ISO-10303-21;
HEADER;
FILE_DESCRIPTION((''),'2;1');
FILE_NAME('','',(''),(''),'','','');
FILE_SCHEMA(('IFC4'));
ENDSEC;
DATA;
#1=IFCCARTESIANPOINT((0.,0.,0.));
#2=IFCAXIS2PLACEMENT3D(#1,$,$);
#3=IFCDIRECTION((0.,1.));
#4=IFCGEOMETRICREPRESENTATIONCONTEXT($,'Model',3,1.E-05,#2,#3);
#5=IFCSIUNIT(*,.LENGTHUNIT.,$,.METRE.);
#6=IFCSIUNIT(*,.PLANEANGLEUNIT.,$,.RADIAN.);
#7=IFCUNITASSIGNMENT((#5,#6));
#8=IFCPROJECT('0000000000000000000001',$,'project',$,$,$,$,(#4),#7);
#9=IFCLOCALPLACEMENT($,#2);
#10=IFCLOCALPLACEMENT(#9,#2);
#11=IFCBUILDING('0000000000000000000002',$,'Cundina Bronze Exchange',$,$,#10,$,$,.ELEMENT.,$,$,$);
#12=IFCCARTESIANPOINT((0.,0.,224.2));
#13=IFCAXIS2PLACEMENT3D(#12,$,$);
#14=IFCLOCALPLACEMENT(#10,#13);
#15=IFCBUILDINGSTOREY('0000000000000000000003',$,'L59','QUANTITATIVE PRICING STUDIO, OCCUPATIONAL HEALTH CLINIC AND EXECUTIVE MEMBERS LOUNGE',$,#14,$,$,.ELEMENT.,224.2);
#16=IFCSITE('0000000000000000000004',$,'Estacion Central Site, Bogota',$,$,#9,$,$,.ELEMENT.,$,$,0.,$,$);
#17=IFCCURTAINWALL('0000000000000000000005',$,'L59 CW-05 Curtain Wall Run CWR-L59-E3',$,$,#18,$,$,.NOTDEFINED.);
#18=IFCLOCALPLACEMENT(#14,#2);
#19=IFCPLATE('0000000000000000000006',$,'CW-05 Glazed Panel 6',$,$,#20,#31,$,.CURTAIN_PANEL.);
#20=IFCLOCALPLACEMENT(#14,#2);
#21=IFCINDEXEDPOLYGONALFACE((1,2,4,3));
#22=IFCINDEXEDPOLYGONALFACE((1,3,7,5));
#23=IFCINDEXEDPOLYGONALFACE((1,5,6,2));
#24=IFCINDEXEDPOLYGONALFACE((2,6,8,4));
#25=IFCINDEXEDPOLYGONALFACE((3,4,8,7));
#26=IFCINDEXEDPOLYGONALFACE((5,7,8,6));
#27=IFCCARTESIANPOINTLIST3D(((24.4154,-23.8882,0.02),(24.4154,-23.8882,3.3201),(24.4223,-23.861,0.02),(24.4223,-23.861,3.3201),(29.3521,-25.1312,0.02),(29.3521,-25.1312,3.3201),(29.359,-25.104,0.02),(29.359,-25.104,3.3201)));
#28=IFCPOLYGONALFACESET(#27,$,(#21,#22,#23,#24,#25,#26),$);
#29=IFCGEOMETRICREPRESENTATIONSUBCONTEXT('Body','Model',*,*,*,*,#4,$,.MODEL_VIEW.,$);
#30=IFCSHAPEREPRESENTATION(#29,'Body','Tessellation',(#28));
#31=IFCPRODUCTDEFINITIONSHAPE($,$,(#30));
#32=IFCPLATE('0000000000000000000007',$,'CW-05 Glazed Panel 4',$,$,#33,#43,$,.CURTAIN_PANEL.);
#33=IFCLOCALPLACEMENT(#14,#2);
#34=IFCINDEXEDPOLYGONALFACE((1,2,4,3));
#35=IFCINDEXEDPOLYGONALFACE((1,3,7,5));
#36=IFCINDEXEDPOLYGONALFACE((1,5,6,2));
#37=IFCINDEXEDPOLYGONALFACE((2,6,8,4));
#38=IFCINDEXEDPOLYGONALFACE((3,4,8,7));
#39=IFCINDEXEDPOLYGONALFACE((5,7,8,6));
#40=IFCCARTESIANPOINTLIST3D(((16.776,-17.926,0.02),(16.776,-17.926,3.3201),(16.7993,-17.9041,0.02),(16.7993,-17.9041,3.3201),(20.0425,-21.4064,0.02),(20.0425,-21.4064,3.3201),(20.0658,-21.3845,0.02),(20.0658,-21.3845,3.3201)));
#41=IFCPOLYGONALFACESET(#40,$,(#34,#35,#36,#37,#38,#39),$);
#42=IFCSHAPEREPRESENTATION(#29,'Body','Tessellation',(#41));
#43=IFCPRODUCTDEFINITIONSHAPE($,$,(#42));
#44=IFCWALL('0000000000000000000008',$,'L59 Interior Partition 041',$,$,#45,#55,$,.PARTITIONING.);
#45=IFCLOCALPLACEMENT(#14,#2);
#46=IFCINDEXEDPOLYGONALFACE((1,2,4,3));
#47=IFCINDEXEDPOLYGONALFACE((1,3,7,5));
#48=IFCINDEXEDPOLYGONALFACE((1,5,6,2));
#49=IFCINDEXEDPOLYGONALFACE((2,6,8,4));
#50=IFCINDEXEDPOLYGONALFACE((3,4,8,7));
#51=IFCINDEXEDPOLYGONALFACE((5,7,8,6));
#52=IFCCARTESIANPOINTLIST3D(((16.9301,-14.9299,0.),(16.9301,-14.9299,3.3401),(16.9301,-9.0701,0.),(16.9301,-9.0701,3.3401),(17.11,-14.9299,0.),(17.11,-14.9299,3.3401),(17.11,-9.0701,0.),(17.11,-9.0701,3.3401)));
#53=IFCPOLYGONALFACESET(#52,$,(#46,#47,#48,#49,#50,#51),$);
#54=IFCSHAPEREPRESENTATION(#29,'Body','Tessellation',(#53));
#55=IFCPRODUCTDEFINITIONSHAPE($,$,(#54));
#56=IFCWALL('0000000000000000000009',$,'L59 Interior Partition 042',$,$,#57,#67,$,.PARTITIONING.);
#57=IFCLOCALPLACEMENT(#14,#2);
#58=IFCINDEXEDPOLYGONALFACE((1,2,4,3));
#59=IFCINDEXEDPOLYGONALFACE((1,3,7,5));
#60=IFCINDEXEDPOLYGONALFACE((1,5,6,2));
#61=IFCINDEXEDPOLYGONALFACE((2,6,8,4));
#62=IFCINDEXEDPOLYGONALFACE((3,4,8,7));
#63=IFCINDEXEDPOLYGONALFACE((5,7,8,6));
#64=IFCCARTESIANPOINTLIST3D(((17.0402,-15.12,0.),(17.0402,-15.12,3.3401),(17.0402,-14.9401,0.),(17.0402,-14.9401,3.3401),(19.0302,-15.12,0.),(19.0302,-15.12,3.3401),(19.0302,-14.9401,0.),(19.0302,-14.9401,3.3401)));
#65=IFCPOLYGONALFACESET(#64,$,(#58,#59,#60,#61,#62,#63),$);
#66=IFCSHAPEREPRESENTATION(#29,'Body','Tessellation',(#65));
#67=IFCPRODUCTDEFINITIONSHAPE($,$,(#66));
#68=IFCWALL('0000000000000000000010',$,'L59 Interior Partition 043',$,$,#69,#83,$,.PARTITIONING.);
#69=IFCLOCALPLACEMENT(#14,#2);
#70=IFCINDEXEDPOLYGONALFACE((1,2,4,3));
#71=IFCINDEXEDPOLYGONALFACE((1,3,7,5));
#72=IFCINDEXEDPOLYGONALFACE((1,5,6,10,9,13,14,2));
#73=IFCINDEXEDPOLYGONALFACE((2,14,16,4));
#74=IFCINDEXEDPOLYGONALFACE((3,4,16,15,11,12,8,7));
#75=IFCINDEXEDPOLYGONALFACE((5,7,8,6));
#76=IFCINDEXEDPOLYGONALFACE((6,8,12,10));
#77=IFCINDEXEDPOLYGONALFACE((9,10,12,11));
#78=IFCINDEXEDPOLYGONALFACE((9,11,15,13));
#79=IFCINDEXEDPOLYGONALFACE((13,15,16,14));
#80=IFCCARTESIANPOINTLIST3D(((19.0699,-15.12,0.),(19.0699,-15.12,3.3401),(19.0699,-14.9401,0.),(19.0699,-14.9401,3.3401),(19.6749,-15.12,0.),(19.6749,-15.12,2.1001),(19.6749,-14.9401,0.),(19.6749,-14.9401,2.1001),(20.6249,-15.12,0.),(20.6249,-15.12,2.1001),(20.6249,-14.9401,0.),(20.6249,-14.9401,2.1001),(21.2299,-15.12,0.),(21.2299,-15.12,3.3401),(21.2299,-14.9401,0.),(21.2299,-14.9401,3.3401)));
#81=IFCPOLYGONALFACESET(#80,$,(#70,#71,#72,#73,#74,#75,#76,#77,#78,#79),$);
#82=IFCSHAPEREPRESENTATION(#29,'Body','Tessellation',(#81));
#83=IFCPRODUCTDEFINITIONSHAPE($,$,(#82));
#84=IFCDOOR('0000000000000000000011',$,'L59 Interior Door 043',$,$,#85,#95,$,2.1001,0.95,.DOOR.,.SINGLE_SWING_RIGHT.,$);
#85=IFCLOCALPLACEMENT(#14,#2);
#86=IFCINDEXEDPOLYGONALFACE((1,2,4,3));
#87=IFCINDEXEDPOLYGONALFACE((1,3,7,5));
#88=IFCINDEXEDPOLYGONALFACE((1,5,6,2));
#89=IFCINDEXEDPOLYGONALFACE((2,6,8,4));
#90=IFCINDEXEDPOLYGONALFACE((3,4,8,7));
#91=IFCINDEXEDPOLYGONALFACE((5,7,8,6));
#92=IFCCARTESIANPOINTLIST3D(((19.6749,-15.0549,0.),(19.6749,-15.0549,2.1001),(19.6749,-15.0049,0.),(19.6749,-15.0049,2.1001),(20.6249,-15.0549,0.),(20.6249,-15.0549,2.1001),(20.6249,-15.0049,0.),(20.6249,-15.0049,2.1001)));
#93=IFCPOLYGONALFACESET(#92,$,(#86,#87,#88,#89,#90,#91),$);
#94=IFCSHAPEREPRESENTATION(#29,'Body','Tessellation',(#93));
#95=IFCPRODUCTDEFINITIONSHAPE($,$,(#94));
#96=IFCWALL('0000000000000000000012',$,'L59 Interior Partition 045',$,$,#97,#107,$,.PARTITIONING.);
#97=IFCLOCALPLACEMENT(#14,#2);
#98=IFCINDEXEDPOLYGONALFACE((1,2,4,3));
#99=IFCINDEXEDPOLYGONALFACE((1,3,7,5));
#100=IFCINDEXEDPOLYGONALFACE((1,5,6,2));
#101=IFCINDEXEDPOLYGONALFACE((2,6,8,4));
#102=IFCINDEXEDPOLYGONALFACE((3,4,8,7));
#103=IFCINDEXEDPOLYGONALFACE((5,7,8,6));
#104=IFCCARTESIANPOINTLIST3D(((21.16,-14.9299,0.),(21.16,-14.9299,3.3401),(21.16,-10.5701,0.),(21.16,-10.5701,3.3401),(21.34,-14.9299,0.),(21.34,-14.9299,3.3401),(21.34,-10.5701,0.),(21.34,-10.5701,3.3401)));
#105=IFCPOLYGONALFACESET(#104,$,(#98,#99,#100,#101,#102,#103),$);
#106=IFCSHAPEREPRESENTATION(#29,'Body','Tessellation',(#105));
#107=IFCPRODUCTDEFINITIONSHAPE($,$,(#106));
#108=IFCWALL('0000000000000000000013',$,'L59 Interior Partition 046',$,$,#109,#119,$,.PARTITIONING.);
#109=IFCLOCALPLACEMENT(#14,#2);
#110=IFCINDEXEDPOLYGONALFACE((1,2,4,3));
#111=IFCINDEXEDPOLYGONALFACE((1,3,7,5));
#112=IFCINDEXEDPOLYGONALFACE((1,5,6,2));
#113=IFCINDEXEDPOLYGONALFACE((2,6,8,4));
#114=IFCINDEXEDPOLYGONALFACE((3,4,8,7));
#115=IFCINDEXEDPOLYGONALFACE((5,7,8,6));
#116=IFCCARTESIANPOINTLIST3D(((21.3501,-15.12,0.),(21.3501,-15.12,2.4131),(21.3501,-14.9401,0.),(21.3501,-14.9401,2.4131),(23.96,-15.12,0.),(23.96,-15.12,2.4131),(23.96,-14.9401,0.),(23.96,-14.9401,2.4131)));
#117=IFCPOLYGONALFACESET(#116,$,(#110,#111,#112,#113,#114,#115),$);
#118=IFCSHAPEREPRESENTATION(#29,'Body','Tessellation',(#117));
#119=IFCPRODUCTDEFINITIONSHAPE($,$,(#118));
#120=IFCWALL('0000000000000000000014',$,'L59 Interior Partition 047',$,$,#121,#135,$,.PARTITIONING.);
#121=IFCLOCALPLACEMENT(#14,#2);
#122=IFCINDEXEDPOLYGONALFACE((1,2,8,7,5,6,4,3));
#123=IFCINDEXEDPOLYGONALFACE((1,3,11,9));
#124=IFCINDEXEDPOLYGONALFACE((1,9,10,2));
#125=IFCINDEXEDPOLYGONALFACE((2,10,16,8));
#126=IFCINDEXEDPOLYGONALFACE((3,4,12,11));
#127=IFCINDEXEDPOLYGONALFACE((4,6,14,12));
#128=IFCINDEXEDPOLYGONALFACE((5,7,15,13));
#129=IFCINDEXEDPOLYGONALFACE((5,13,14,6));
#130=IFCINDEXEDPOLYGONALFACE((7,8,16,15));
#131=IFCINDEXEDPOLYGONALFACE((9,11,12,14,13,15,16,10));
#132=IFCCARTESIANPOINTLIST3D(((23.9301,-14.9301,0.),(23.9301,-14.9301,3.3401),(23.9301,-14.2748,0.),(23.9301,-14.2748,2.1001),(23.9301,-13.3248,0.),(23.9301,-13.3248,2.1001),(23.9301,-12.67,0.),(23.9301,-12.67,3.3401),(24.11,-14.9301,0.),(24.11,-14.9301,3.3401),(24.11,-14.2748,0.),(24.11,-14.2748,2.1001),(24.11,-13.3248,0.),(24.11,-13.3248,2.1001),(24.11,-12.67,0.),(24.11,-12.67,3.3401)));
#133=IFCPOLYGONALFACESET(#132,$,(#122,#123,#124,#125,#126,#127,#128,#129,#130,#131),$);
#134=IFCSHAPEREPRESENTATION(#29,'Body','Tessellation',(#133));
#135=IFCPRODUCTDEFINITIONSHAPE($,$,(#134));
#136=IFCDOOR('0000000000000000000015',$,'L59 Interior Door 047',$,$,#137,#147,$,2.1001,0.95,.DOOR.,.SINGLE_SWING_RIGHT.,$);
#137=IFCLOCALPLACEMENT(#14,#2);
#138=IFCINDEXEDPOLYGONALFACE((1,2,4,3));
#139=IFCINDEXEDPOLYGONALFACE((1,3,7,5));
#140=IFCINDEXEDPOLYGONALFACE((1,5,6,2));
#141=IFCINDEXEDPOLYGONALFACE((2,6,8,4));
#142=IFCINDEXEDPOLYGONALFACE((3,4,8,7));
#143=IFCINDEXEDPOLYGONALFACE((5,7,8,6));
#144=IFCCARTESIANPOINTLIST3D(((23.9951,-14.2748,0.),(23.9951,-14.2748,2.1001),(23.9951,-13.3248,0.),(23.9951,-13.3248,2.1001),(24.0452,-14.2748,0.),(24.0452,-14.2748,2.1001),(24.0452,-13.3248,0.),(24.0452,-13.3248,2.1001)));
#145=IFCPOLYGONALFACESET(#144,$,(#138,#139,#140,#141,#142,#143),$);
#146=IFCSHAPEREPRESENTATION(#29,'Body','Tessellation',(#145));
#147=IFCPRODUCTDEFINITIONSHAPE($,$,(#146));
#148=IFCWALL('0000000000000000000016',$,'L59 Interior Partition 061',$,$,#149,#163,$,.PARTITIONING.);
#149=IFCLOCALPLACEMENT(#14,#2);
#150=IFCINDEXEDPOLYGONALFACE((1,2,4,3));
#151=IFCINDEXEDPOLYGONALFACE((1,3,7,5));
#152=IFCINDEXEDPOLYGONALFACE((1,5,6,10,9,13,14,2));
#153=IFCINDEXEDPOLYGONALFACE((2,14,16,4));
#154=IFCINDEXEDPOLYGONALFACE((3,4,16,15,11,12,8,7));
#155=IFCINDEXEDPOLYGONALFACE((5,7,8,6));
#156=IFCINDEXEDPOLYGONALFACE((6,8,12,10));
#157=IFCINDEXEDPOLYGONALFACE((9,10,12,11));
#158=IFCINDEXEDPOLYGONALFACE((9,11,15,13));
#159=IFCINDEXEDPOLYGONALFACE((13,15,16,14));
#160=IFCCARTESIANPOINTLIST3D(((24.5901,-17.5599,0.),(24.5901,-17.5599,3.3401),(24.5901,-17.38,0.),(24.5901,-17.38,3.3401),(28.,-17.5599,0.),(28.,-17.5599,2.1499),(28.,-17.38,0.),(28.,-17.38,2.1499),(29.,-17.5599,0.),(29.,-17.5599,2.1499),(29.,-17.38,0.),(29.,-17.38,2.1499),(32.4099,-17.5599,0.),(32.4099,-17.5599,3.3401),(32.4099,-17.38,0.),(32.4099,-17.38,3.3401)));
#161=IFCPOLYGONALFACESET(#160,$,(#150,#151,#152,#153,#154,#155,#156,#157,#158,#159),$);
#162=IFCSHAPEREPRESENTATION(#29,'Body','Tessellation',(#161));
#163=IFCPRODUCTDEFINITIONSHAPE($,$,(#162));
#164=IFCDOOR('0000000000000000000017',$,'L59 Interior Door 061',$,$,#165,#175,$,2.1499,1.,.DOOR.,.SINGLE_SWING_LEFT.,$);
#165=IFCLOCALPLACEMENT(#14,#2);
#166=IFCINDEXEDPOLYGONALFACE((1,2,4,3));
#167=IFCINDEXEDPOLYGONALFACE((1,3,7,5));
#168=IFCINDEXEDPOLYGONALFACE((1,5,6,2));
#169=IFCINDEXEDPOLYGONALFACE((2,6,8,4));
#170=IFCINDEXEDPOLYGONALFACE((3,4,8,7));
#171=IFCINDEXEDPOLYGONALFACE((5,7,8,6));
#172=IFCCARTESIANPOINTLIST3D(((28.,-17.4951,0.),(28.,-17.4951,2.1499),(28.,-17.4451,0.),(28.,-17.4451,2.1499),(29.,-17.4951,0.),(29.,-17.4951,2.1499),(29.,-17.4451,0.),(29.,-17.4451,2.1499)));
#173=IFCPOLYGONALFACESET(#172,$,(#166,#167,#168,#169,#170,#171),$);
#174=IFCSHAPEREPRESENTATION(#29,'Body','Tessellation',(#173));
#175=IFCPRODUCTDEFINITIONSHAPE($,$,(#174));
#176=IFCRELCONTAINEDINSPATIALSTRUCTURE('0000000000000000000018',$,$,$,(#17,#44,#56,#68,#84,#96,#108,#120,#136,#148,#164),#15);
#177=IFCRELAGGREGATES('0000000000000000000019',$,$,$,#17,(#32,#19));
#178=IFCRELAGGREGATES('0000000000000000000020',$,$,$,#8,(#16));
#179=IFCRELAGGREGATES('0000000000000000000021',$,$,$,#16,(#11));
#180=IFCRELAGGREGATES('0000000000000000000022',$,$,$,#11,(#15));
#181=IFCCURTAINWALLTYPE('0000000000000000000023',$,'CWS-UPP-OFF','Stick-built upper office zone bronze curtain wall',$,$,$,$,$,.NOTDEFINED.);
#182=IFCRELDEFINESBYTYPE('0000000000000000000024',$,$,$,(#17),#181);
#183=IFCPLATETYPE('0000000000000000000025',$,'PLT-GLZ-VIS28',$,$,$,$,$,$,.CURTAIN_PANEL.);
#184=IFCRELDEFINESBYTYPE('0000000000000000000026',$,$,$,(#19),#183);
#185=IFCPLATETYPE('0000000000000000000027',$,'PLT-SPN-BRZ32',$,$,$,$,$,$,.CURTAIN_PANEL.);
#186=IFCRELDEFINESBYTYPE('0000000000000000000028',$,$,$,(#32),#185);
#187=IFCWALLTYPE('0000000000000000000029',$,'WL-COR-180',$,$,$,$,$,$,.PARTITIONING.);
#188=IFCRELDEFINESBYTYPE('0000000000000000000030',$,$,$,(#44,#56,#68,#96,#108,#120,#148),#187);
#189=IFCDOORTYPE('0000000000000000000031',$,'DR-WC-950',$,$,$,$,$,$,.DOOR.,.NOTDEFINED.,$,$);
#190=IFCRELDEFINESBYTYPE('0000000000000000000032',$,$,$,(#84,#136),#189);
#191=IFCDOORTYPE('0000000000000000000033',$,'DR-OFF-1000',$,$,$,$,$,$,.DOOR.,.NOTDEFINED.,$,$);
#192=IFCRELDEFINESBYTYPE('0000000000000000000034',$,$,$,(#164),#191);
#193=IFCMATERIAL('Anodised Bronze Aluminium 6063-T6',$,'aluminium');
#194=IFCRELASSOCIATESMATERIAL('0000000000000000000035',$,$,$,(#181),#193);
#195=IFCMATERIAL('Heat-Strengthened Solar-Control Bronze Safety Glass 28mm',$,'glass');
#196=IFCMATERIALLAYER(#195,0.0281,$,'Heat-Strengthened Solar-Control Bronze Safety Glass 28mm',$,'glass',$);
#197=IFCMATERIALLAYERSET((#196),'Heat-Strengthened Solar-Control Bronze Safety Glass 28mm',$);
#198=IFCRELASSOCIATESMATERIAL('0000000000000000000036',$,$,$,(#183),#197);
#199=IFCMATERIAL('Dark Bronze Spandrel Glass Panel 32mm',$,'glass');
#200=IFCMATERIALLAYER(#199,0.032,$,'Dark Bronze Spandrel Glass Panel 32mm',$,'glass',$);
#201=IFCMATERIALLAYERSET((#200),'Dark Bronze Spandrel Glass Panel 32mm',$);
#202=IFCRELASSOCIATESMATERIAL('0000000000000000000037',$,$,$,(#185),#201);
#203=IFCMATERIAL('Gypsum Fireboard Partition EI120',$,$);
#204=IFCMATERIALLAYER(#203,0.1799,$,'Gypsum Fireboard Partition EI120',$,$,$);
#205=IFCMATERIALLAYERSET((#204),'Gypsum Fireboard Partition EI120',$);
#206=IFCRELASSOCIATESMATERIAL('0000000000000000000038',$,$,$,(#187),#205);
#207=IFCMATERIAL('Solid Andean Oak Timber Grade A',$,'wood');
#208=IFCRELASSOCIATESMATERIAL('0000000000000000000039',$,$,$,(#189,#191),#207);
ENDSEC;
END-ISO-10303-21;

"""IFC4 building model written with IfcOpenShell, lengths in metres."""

from ifc_helpers import new_model, si_unit, direction, frame, frame_2d, origin, origin_2d, place, context, subcontext, project, spatial, rectangle, extrude, material, layer, layer_set, type_object, element, fill, aggregate, save


model = new_model("IFC4")

# Units and contexts
model_context = context("Model", 3, precision=1e-05, world=origin(), true_north=direction((0.0, 1.0)))
body_context = subcontext(model_context, "Body", "Model", "MODEL_VIEW")
ifc_project = project(units=[si_unit("LENGTHUNIT", "METRE"), si_unit("PLANEANGLEUNIT", "RADIAN")], contexts=[model_context])

# Site, building, storey
site_placement = place(None, origin())
site = spatial("IfcSite", under=ifc_project, at=site_placement, Name="Estacion Central Site, Bogota", CompositionType="ELEMENT", RefElevation=0.0)
building_placement = place(site_placement, origin())
building = spatial("IfcBuilding", under=site, at=building_placement, Name="Cundina Bronze Exchange", CompositionType="ELEMENT")
storey_placement = place(building_placement, frame((0.0, 0.0, 224.2)))
storey = spatial("IfcBuildingStorey", under=building, at=storey_placement, Name="L59", Description="QUANTITATIVE PRICING STUDIO, OCCUPATIONAL HEALTH CLINIC AND EXECUTIVE MEMBERS LOUNGE", CompositionType="ELEMENT", Elevation=224.2)

# Curtain wall, plates
ifc_material_1 = material(Name="Anodised Bronze Aluminium 6063-T6", Category="aluminium")
curtain_wall_type = type_object("IfcCurtainWallType", Name="CWS-UPP-OFF", Description="Stick-built upper office zone bronze curtain wall", PredefinedType="NOTDEFINED", material=ifc_material_1)
curtain_wall_placement = place(storey_placement, origin())
curtain_wall = element("IfcCurtainWall", 1, at=curtain_wall_placement, inside=storey, type_object=curtain_wall_type, Name="L59 CW-05 Curtain Wall Run CWR-L59-E3", PredefinedType="NOTDEFINED")
ifc_material_2 = material(Name="Heat-Strengthened Solar-Control Bronze Safety Glass 28mm", Category="glass")
ifc_layer_1 = layer(ifc_material_2, 0.0281, Name="Heat-Strengthened Solar-Control Bronze Safety Glass 28mm", Category="glass")
ifc_layer_set_1 = layer_set([ifc_layer_1], Name="Heat-Strengthened Solar-Control Bronze Safety Glass 28mm")
plate_type_1 = type_object("IfcPlateType", Name="PLT-GLZ-VIS28", PredefinedType="CURTAIN_PANEL", material=ifc_layer_set_1)
plate_1_placement = place(storey_placement, frame((26.8872, -24.4961, 0.02), z_axis=(0.0, 0.0, 1.0), x_axis=(0.969732, -0.244174, 0.0)))
plate_1 = element("IfcPlate", 2, at=plate_1_placement, type_object=plate_type_1, Name="CW-05 Glazed Panel 6", PredefinedType="CURTAIN_PANEL", context=body_context, shape_type="SweptSolid", body=[
    extrude(rectangle(XDim=5.0908, YDim=0.0281, at=origin_2d()), origin(), (0.0, 0.0, 1.0), 3.3),
])
ifc_material_3 = material(Name="Dark Bronze Spandrel Glass Panel 32mm", Category="glass")
ifc_layer_2 = layer(ifc_material_3, 0.032, Name="Dark Bronze Spandrel Glass Panel 32mm", Category="glass")
ifc_layer_set_2 = layer_set([ifc_layer_2], Name="Dark Bronze Spandrel Glass Panel 32mm")
plate_type_2 = type_object("IfcPlateType", Name="PLT-SPN-BRZ32", PredefinedType="CURTAIN_PANEL", material=ifc_layer_set_2)
plate_2_placement = place(storey_placement, frame((18.4209, -19.6553, 0.02), z_axis=(0.0, 0.0, 1.0), x_axis=(0.684344, -0.72916, 0.0)))
plate_2 = element("IfcPlate", 3, at=plate_2_placement, type_object=plate_type_2, Name="CW-05 Glazed Panel 4", PredefinedType="CURTAIN_PANEL", context=body_context, shape_type="SweptSolid", body=[
    extrude(rectangle(XDim=4.7732, YDim=0.032, at=origin_2d()), origin(), (0.0, 0.0, 1.0), 3.3),
])
aggregate(curtain_wall, [plate_2, plate_1])

# Walls
ifc_material_4 = material(Name="Gypsum Fireboard Partition EI120")
ifc_layer_3 = layer(ifc_material_4, 0.1799, Name="Gypsum Fireboard Partition EI120")
ifc_layer_set_3 = layer_set([ifc_layer_3], Name="Gypsum Fireboard Partition EI120")
wall_type_1 = type_object("IfcWallType", Name="WL-COR-180", PredefinedType="PARTITIONING", material=ifc_layer_set_3)
wall_1_placement = place(storey_placement, frame((17.02, -14.9299, 0.0), z_axis=(0.0, 0.0, 1.0), x_axis=(0.0, 1.0, 0.0)))
element("IfcWall", 4, at=wall_1_placement, inside=storey, type_object=wall_type_1, Name="L59 Interior Partition 041", PredefinedType="PARTITIONING", context=body_context, shape_type="SweptSolid", body=[
    extrude(rectangle(XDim=5.8599, YDim=0.1799, at=frame_2d((2.9299, 0.0))), origin(), (0.0, 0.0, 1.0), 3.3401),
])
wall_2_placement = place(storey_placement, frame((17.04, -15.03, 0.0), z_axis=(0.0, 0.0, 1.0), x_axis=(1.0, 0.0, 0.0)))
element("IfcWall", 5, at=wall_2_placement, inside=storey, type_object=wall_type_1, Name="L59 Interior Partition 042", PredefinedType="PARTITIONING", context=body_context, shape_type="SweptSolid", body=[
    extrude(rectangle(XDim=1.99, YDim=0.1799, at=frame_2d((0.9951, 0.0))), origin(), (0.0, 0.0, 1.0), 3.3401),
])

# Wall, opening, door
wall_3_placement = place(storey_placement, frame((21.23, -15.03, 0.0), z_axis=(0.0, 0.0, 1.0), x_axis=(-1.0, 0.0, 0.0)))
wall_3 = element("IfcWall", 6, at=wall_3_placement, inside=storey, type_object=wall_type_1, Name="L59 Interior Partition 043", PredefinedType="PARTITIONING", context=body_context, shape_type="SweptSolid", body=[
    extrude(rectangle(XDim=2.1599, YDim=0.1799, at=frame_2d((1.0801, 0.0))), origin(), (0.0, 0.0, 1.0), 3.3401),
])
opening_1_placement = place(wall_3_placement, frame((0.605, 0.0, 0.0)))
opening_1 = element("IfcOpeningElement", 7, at=opening_1_placement, cuts=wall_3, PredefinedType="OPENING", context=body_context, shape_type="SweptSolid", body=[
    extrude(rectangle(XDim=0.95, YDim=2.1001, at=frame_2d((0.4751, 1.05))), frame((0.0, 0.0999, 0.0), z_axis=(0.0, -1.0, 0.0), x_axis=(1.0, 0.0, 0.0)), (0.0, 0.0, 1.0), 0.2),
])
ifc_material_5 = material(Name="Solid Andean Oak Timber Grade A", Category="wood")
door_type_1 = type_object("IfcDoorType", Name="DR-WC-950", OperationType="NOTDEFINED", PredefinedType="DOOR", material=ifc_material_5)
door_1_placement = place(opening_1_placement, origin())
door_1 = element("IfcDoor", 8, at=door_1_placement, inside=storey, type_object=door_type_1, Name="L59 Interior Door 043", OperationType="SINGLE_SWING_RIGHT", OverallHeight=2.1001, OverallWidth=0.95, PredefinedType="DOOR", context=body_context, shape_type="SweptSolid", body=[
    extrude(rectangle(XDim=0.95, YDim=2.1001, at=frame_2d((0.4751, 1.05))), frame((0.0, 0.0249, 0.0), z_axis=(0.0, -1.0, 0.0), x_axis=(1.0, 0.0, 0.0)), (0.0, 0.0, 1.0), 0.05),
])
fill(opening_1, door_1)

# Walls
wall_4_placement = place(storey_placement, frame((21.25, -14.9299, 0.0), z_axis=(0.0, 0.0, 1.0), x_axis=(0.0, 1.0, 0.0)))
element("IfcWall", 9, at=wall_4_placement, inside=storey, type_object=wall_type_1, Name="L59 Interior Partition 045", PredefinedType="PARTITIONING", context=body_context, shape_type="SweptSolid", body=[
    extrude(rectangle(XDim=4.3599, YDim=0.1799, at=frame_2d((2.1799, 0.0))), origin(), (0.0, 0.0, 1.0), 3.3401),
])
wall_5_placement = place(storey_placement, frame((21.3501, -15.03, 0.0), z_axis=(0.0, 0.0, 1.0), x_axis=(1.0, 0.0, 0.0)))
element("IfcWall", 10, at=wall_5_placement, inside=storey, type_object=wall_type_1, Name="L59 Interior Partition 046", PredefinedType="PARTITIONING", context=body_context, shape_type="SweptSolid", body=[
    extrude(rectangle(XDim=2.6099, YDim=0.1799, at=frame_2d((1.3049, 0.0))), origin(), (0.0, 0.0, 1.0), 2.4131),
])

# Walls, openings, doors
wall_6_placement = place(storey_placement, frame((24.02, -14.9299, 0.0), z_axis=(0.0, 0.0, 1.0), x_axis=(0.0, 1.0, 0.0)))
wall_6 = element("IfcWall", 11, at=wall_6_placement, inside=storey, type_object=wall_type_1, Name="L59 Interior Partition 047", PredefinedType="PARTITIONING", context=body_context, shape_type="SweptSolid", body=[
    extrude(rectangle(XDim=2.26, YDim=0.1799, at=frame_2d((1.1299, 0.0))), origin(), (0.0, 0.0, 1.0), 3.3401),
])
opening_2_placement = place(wall_6_placement, frame((0.655, 0.0, 0.0)))
opening_2 = element("IfcOpeningElement", 12, at=opening_2_placement, cuts=wall_6, PredefinedType="OPENING", context=body_context, shape_type="SweptSolid", body=[
    extrude(rectangle(XDim=0.95, YDim=2.1001, at=frame_2d((0.4751, 1.05))), frame((0.0, 0.0999, 0.0), z_axis=(0.0, -1.0, 0.0), x_axis=(1.0, 0.0, 0.0)), (0.0, 0.0, 1.0), 0.2),
])
door_2_placement = place(opening_2_placement, origin())
door_2 = element("IfcDoor", 13, at=door_2_placement, inside=storey, type_object=door_type_1, Name="L59 Interior Door 047", OperationType="SINGLE_SWING_RIGHT", OverallHeight=2.1001, OverallWidth=0.95, PredefinedType="DOOR", context=body_context, shape_type="SweptSolid", body=[
    extrude(rectangle(XDim=0.95, YDim=2.1001, at=frame_2d((0.4751, 1.05))), frame((0.0, 0.0249, 0.0), z_axis=(0.0, -1.0, 0.0), x_axis=(1.0, 0.0, 0.0)), (0.0, 0.0, 1.0), 0.05),
])
fill(opening_2, door_2)
wall_7_placement = place(storey_placement, frame((24.5901, -17.47, 0.0), z_axis=(0.0, 0.0, 1.0), x_axis=(1.0, 0.0, 0.0)))
wall_7 = element("IfcWall", 14, at=wall_7_placement, inside=storey, type_object=wall_type_1, Name="L59 Interior Partition 061", PredefinedType="PARTITIONING", context=body_context, shape_type="SweptSolid", body=[
    extrude(rectangle(XDim=7.8198, YDim=0.1799, at=frame_2d((3.9099, 0.0))), origin(), (0.0, 0.0, 1.0), 3.3401),
])
opening_3_placement = place(wall_7_placement, frame((3.4099, 0.0, 0.0)))
opening_3 = element("IfcOpeningElement", 15, at=opening_3_placement, cuts=wall_7, PredefinedType="OPENING", context=body_context, shape_type="SweptSolid", body=[
    extrude(rectangle(XDim=1.0, YDim=2.1499, at=frame_2d((0.5, 1.075))), frame((0.0, 0.0999, 0.0), z_axis=(0.0, -1.0, 0.0), x_axis=(1.0, 0.0, 0.0)), (0.0, 0.0, 1.0), 0.2),
])
door_type_2 = type_object("IfcDoorType", Name="DR-OFF-1000", OperationType="NOTDEFINED", PredefinedType="DOOR", material=ifc_material_5)
door_3_placement = place(opening_3_placement, origin())
door_3 = element("IfcDoor", 16, at=door_3_placement, inside=storey, type_object=door_type_2, Name="L59 Interior Door 061", OperationType="SINGLE_SWING_LEFT", OverallHeight=2.1499, OverallWidth=1.0, PredefinedType="DOOR", context=body_context, shape_type="SweptSolid", body=[
    extrude(rectangle(XDim=1.0, YDim=2.1499, at=frame_2d((0.5, 1.075))), frame((0.0, 0.0249, 0.0), z_axis=(0.0, -1.0, 0.0), x_axis=(1.0, 0.0, 0.0)), (0.0, 0.0, 1.0), 0.05),
])
fill(opening_3, door_3)

save(model, "model.ifc")
